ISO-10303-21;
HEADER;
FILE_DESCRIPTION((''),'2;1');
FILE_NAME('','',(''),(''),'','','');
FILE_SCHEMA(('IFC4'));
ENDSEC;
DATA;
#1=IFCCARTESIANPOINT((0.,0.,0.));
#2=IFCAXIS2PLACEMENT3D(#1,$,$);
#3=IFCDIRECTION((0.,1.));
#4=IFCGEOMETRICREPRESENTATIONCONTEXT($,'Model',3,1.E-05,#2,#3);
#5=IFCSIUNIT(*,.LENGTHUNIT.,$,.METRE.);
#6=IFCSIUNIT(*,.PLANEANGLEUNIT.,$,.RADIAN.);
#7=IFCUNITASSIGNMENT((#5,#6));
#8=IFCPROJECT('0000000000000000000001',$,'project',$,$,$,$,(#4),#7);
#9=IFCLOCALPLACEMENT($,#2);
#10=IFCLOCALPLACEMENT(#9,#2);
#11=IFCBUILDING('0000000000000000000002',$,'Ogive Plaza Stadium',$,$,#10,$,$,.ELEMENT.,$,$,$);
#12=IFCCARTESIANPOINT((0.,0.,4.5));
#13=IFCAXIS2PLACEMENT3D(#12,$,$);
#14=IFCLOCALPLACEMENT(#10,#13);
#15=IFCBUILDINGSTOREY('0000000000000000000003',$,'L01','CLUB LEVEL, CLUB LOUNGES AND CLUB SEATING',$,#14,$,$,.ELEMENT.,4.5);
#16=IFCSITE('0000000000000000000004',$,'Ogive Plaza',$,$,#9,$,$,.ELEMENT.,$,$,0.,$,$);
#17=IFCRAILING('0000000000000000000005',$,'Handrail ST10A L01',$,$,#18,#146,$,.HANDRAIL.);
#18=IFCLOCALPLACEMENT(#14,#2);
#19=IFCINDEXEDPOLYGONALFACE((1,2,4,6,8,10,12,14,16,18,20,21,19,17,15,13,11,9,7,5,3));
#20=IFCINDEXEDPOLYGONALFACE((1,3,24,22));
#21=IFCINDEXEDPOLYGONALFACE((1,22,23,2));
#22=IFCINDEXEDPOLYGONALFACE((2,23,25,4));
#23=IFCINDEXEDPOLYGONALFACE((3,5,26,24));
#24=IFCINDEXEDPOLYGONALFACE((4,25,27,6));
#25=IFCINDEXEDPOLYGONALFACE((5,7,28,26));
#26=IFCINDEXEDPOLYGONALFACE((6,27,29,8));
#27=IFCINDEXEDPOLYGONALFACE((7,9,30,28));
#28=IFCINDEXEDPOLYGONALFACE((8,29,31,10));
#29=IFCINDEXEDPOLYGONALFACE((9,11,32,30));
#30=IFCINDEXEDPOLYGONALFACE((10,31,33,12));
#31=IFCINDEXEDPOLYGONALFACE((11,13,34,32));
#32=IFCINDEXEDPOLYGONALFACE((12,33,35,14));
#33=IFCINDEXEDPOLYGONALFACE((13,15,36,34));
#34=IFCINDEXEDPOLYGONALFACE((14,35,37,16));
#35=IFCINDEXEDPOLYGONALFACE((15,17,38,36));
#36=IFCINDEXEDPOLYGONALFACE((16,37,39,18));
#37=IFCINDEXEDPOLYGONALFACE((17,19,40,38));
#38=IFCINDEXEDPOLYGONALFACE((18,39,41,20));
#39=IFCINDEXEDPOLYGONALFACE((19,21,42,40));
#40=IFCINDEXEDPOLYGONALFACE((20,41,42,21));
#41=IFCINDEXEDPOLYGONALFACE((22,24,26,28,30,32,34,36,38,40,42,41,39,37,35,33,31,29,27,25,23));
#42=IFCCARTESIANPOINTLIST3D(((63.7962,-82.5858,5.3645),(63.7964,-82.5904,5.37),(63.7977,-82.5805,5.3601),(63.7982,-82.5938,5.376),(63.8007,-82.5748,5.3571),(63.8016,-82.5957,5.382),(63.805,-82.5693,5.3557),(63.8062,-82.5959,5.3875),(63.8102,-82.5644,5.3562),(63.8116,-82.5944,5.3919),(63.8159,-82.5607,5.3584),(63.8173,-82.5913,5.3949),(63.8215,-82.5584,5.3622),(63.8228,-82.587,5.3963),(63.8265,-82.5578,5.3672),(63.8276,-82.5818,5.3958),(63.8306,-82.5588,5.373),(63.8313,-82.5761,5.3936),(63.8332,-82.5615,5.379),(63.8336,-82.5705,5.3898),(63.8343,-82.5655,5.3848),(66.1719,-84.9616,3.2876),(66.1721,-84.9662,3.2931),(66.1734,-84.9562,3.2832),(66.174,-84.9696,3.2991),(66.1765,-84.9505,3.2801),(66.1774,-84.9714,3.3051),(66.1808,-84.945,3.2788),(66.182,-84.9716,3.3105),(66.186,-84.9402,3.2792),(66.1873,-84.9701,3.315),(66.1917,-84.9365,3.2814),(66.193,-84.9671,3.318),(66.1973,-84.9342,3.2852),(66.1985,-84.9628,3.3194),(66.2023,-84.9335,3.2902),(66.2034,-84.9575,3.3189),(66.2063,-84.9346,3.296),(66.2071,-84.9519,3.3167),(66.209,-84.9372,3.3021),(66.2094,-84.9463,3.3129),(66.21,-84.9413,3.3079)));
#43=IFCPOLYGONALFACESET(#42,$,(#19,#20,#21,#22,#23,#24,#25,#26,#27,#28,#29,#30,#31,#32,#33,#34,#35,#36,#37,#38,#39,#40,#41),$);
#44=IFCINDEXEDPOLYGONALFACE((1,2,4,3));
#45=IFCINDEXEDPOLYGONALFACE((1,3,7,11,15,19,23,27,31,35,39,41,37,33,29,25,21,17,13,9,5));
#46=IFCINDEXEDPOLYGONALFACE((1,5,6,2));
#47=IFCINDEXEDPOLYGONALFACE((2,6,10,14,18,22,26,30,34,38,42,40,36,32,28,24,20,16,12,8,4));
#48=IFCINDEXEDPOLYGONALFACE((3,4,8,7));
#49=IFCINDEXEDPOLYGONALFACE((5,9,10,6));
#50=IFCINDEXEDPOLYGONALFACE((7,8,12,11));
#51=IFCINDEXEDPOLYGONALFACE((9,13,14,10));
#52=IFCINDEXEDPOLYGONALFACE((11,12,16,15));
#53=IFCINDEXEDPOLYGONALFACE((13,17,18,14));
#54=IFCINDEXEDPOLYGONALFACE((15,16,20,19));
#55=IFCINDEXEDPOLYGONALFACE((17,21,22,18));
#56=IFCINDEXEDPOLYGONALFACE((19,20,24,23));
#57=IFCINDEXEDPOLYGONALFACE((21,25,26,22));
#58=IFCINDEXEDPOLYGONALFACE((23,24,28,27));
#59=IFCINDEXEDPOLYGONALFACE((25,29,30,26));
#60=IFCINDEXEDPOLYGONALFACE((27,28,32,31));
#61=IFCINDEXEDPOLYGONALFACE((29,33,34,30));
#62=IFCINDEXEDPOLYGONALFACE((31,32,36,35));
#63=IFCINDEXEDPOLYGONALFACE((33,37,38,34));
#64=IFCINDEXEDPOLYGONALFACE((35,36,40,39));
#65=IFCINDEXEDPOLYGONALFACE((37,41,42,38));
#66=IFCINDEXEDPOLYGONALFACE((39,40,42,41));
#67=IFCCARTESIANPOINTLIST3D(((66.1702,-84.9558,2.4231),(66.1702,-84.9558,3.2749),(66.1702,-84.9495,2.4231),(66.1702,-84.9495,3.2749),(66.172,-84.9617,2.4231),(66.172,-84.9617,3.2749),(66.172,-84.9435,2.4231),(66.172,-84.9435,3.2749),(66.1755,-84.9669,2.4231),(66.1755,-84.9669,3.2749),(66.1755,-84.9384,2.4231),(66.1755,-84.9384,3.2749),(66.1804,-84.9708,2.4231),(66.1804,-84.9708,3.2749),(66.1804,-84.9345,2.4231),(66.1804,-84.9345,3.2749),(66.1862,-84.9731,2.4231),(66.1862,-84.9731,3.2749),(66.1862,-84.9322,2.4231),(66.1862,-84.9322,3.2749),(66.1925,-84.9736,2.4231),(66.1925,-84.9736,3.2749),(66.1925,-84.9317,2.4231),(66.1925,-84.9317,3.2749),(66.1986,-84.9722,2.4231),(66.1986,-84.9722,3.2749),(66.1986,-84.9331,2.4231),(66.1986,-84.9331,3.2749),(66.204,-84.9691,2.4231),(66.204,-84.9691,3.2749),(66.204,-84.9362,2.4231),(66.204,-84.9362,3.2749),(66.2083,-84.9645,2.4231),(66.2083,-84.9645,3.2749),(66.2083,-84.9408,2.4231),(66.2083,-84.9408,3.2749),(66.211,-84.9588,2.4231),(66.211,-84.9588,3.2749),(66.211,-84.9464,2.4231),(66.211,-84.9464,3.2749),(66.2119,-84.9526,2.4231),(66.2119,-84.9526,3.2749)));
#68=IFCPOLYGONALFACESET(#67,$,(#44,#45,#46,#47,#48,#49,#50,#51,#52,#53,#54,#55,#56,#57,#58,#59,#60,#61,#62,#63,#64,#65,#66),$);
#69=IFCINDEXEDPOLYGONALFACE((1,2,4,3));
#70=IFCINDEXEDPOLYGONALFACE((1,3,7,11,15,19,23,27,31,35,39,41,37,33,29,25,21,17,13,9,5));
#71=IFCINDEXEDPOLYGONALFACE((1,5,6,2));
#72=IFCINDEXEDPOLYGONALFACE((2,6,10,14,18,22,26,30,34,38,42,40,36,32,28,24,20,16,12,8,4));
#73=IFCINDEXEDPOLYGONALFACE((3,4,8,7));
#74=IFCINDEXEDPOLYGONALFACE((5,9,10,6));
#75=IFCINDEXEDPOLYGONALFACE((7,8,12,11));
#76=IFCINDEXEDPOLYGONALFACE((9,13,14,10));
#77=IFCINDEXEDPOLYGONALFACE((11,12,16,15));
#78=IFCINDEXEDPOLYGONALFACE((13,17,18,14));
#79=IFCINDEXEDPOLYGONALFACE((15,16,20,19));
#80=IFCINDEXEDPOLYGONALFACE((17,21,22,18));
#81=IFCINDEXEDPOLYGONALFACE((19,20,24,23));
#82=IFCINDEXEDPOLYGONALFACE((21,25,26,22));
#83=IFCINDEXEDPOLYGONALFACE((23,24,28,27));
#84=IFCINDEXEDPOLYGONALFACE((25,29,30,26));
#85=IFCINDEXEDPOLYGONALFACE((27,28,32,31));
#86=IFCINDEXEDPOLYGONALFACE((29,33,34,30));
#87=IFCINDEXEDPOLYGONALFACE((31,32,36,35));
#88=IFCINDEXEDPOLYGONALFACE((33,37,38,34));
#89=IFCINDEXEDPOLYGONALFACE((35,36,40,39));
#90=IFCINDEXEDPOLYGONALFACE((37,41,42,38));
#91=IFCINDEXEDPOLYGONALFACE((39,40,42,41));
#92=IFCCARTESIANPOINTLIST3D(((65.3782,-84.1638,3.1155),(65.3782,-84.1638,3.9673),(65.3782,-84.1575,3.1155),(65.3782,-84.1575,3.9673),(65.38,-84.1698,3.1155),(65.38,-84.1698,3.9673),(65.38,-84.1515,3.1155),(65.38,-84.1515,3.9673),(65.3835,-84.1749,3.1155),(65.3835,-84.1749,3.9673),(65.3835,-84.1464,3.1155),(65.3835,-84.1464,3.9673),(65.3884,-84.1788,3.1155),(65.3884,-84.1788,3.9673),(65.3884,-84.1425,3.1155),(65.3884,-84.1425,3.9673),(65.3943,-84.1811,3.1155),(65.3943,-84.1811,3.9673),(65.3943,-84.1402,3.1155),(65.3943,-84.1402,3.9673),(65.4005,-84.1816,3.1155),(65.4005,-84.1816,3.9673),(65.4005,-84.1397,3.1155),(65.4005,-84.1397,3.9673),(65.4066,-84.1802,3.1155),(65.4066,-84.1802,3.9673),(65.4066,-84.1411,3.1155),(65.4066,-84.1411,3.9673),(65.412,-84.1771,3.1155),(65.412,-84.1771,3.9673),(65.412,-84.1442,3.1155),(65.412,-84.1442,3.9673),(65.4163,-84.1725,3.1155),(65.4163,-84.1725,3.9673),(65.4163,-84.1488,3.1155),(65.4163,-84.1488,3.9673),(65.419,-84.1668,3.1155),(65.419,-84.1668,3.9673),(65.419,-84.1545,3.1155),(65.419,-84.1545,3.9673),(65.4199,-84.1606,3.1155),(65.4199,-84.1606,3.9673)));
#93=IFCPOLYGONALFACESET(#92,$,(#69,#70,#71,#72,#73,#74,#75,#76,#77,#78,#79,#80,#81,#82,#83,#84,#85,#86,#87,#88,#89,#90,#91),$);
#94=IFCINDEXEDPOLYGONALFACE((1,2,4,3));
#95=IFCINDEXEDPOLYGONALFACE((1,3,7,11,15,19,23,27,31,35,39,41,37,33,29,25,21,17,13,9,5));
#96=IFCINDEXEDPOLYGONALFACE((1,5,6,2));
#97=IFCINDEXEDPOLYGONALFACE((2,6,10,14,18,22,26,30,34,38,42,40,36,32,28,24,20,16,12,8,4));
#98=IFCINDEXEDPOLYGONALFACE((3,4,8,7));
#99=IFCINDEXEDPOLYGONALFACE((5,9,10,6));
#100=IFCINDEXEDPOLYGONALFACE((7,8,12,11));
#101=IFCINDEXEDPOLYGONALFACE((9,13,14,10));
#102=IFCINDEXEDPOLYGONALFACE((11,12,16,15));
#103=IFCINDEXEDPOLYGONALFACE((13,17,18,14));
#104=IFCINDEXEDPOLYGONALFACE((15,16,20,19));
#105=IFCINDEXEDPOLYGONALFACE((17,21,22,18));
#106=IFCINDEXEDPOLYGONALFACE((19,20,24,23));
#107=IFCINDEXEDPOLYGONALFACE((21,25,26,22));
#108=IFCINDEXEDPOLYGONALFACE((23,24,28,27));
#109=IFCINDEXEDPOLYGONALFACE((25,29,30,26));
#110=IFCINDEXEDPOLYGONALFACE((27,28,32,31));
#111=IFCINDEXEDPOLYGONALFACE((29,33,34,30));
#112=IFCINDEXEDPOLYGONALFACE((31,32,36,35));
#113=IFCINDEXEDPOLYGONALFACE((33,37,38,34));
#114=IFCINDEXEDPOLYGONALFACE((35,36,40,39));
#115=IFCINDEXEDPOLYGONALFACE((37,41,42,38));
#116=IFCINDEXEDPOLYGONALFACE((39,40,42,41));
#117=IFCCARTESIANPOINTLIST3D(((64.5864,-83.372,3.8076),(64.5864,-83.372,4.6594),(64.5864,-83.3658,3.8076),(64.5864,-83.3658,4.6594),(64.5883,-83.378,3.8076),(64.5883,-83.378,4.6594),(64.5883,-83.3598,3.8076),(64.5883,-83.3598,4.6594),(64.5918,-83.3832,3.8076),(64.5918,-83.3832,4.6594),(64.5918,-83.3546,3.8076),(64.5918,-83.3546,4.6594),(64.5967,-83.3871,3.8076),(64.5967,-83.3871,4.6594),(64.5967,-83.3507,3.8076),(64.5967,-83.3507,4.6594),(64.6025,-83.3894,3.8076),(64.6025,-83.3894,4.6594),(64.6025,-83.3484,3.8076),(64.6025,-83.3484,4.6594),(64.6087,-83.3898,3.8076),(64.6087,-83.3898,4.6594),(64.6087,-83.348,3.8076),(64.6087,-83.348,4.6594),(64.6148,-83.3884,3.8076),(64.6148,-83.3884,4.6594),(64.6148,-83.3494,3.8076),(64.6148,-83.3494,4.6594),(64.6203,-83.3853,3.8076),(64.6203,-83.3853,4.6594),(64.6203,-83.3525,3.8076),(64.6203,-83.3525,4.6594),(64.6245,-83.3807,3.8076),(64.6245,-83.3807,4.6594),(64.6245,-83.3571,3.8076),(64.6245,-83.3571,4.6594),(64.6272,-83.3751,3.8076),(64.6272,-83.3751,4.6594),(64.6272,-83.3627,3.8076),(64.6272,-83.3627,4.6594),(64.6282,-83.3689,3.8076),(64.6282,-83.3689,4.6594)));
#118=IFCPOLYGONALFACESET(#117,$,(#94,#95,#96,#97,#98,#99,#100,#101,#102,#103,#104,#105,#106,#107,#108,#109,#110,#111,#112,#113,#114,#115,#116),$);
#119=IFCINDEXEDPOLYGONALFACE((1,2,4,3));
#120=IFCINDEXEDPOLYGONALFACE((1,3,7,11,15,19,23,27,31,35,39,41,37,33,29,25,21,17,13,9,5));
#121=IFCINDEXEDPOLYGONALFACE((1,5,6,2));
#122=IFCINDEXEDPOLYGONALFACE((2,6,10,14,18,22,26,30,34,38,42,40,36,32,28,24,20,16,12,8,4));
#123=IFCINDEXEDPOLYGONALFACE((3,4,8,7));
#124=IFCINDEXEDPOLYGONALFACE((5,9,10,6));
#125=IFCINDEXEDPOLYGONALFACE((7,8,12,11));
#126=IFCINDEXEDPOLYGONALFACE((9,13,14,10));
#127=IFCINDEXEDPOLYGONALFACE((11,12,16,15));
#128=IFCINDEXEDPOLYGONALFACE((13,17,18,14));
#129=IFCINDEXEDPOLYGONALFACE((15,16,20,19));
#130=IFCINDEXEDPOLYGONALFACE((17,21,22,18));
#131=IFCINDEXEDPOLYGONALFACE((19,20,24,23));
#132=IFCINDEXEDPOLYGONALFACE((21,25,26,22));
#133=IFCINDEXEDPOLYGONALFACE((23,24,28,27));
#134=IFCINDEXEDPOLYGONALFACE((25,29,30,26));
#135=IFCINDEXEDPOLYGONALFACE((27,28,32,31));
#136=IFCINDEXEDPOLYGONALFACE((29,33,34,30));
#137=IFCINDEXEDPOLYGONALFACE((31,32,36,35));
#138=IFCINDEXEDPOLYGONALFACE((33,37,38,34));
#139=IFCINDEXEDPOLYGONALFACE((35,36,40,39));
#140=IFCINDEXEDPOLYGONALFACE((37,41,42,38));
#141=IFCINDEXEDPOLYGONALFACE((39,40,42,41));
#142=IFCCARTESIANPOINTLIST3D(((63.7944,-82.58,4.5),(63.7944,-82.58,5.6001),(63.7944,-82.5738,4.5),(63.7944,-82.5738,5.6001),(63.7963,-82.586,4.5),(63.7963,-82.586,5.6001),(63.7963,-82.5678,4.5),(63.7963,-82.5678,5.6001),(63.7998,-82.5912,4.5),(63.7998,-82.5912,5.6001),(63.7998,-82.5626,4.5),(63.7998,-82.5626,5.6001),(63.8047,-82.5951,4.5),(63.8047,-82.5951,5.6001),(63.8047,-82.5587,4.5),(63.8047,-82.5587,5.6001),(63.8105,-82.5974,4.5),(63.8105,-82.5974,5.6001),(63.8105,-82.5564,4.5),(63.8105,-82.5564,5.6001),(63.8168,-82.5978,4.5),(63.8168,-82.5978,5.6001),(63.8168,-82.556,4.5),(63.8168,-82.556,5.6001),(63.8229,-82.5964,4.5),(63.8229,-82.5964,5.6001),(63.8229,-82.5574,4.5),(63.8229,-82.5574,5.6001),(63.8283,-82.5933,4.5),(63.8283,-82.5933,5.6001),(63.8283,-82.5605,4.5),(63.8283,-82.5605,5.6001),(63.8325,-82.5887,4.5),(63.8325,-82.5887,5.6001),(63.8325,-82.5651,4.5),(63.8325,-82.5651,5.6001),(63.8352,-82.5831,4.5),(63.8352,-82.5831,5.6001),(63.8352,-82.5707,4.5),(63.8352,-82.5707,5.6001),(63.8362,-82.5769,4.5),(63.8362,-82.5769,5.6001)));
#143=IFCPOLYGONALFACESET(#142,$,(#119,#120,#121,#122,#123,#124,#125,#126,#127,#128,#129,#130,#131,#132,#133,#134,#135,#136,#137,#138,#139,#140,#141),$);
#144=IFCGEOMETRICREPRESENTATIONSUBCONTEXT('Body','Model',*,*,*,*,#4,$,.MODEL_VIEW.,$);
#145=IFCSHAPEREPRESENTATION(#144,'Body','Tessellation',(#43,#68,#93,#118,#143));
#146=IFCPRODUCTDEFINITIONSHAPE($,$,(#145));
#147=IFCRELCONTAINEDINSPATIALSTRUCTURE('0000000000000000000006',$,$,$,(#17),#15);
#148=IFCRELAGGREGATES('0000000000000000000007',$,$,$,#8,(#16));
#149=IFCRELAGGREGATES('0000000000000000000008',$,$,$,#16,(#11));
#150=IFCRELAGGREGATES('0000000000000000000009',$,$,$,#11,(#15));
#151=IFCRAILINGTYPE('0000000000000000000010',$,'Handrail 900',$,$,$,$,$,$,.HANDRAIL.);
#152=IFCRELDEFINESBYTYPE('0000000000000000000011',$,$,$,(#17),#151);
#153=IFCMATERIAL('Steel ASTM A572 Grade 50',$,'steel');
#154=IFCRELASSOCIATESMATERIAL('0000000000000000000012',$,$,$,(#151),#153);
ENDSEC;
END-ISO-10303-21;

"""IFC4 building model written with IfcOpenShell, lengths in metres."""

from ifc_helpers import new_model, si_unit, direction, frame, origin, origin_2d, place, context, subcontext, project, spatial, circle, extrude, material, type_object, element, save


model = new_model("IFC4")

# Units and contexts
model_context = context("Model", 3, precision=1e-05, world=origin(), true_north=direction((0.0, 1.0)))
body_context = subcontext(model_context, "Body", "Model", "MODEL_VIEW")
ifc_project = project(units=[si_unit("LENGTHUNIT", "METRE"), si_unit("PLANEANGLEUNIT", "RADIAN")], contexts=[model_context])

# Site, building, storey
site_placement = place(None, origin())
site = spatial("IfcSite", under=ifc_project, at=site_placement, Name="Ogive Plaza", CompositionType="ELEMENT", RefElevation=0.0)
building_placement = place(site_placement, origin())
building = spatial("IfcBuilding", under=site, at=building_placement, Name="Ogive Plaza Stadium", CompositionType="ELEMENT")
storey_placement = place(building_placement, frame((0.0, 0.0, 4.5)))
storey = spatial("IfcBuildingStorey", under=building, at=storey_placement, Name="L01", Description="CLUB LEVEL, CLUB LOUNGES AND CLUB SEATING", CompositionType="ELEMENT", Elevation=4.5)

# Railing
ifc_material_1 = material(Name="Steel ASTM A572 Grade 50", Category="steel")
railing_type_1 = type_object("IfcRailingType", Name="Handrail 900", PredefinedType="HANDRAIL", material=ifc_material_1)
for number, where, name in (
    (1, (66.1909, -84.9526, 2.4231), "Handrail ST10A L01"),
):
    element("IfcRailing", number, at=place(storey_placement, frame(where)), inside=storey, type_object=railing_type_1, Name=name, PredefinedType="HANDRAIL", context=body_context, shape_type="SweptSolid", body=[
        extrude(circle(Radius=0.0239, at=origin_2d()), frame((0.0, 0.0, 0.876), z_axis=(-0.601466, 0.601466, 0.525811), x_axis=(-0.707107, -0.707107, 0.0)), (0.0, 0.0, 1.0), 3.95),
        extrude(circle(Radius=0.021, at=origin_2d()), origin(), (0.0, 0.0, 1.0), 0.8518),
        extrude(circle(Radius=0.021, at=origin_2d()), frame((-0.792, 0.792, 0.6924)), (0.0, 0.0, 1.0), 0.8518),
        extrude(circle(Radius=0.021, at=origin_2d()), frame((-1.5837, 1.5837, 1.3845)), (0.0, 0.0, 1.0), 0.8518),
        extrude(circle(Radius=0.021, at=origin_2d()), frame((-2.3757, 2.3757, 2.0769)), (0.0, 0.0, 1.0), 1.1001),
    ])

save(model, "model.ifc")
